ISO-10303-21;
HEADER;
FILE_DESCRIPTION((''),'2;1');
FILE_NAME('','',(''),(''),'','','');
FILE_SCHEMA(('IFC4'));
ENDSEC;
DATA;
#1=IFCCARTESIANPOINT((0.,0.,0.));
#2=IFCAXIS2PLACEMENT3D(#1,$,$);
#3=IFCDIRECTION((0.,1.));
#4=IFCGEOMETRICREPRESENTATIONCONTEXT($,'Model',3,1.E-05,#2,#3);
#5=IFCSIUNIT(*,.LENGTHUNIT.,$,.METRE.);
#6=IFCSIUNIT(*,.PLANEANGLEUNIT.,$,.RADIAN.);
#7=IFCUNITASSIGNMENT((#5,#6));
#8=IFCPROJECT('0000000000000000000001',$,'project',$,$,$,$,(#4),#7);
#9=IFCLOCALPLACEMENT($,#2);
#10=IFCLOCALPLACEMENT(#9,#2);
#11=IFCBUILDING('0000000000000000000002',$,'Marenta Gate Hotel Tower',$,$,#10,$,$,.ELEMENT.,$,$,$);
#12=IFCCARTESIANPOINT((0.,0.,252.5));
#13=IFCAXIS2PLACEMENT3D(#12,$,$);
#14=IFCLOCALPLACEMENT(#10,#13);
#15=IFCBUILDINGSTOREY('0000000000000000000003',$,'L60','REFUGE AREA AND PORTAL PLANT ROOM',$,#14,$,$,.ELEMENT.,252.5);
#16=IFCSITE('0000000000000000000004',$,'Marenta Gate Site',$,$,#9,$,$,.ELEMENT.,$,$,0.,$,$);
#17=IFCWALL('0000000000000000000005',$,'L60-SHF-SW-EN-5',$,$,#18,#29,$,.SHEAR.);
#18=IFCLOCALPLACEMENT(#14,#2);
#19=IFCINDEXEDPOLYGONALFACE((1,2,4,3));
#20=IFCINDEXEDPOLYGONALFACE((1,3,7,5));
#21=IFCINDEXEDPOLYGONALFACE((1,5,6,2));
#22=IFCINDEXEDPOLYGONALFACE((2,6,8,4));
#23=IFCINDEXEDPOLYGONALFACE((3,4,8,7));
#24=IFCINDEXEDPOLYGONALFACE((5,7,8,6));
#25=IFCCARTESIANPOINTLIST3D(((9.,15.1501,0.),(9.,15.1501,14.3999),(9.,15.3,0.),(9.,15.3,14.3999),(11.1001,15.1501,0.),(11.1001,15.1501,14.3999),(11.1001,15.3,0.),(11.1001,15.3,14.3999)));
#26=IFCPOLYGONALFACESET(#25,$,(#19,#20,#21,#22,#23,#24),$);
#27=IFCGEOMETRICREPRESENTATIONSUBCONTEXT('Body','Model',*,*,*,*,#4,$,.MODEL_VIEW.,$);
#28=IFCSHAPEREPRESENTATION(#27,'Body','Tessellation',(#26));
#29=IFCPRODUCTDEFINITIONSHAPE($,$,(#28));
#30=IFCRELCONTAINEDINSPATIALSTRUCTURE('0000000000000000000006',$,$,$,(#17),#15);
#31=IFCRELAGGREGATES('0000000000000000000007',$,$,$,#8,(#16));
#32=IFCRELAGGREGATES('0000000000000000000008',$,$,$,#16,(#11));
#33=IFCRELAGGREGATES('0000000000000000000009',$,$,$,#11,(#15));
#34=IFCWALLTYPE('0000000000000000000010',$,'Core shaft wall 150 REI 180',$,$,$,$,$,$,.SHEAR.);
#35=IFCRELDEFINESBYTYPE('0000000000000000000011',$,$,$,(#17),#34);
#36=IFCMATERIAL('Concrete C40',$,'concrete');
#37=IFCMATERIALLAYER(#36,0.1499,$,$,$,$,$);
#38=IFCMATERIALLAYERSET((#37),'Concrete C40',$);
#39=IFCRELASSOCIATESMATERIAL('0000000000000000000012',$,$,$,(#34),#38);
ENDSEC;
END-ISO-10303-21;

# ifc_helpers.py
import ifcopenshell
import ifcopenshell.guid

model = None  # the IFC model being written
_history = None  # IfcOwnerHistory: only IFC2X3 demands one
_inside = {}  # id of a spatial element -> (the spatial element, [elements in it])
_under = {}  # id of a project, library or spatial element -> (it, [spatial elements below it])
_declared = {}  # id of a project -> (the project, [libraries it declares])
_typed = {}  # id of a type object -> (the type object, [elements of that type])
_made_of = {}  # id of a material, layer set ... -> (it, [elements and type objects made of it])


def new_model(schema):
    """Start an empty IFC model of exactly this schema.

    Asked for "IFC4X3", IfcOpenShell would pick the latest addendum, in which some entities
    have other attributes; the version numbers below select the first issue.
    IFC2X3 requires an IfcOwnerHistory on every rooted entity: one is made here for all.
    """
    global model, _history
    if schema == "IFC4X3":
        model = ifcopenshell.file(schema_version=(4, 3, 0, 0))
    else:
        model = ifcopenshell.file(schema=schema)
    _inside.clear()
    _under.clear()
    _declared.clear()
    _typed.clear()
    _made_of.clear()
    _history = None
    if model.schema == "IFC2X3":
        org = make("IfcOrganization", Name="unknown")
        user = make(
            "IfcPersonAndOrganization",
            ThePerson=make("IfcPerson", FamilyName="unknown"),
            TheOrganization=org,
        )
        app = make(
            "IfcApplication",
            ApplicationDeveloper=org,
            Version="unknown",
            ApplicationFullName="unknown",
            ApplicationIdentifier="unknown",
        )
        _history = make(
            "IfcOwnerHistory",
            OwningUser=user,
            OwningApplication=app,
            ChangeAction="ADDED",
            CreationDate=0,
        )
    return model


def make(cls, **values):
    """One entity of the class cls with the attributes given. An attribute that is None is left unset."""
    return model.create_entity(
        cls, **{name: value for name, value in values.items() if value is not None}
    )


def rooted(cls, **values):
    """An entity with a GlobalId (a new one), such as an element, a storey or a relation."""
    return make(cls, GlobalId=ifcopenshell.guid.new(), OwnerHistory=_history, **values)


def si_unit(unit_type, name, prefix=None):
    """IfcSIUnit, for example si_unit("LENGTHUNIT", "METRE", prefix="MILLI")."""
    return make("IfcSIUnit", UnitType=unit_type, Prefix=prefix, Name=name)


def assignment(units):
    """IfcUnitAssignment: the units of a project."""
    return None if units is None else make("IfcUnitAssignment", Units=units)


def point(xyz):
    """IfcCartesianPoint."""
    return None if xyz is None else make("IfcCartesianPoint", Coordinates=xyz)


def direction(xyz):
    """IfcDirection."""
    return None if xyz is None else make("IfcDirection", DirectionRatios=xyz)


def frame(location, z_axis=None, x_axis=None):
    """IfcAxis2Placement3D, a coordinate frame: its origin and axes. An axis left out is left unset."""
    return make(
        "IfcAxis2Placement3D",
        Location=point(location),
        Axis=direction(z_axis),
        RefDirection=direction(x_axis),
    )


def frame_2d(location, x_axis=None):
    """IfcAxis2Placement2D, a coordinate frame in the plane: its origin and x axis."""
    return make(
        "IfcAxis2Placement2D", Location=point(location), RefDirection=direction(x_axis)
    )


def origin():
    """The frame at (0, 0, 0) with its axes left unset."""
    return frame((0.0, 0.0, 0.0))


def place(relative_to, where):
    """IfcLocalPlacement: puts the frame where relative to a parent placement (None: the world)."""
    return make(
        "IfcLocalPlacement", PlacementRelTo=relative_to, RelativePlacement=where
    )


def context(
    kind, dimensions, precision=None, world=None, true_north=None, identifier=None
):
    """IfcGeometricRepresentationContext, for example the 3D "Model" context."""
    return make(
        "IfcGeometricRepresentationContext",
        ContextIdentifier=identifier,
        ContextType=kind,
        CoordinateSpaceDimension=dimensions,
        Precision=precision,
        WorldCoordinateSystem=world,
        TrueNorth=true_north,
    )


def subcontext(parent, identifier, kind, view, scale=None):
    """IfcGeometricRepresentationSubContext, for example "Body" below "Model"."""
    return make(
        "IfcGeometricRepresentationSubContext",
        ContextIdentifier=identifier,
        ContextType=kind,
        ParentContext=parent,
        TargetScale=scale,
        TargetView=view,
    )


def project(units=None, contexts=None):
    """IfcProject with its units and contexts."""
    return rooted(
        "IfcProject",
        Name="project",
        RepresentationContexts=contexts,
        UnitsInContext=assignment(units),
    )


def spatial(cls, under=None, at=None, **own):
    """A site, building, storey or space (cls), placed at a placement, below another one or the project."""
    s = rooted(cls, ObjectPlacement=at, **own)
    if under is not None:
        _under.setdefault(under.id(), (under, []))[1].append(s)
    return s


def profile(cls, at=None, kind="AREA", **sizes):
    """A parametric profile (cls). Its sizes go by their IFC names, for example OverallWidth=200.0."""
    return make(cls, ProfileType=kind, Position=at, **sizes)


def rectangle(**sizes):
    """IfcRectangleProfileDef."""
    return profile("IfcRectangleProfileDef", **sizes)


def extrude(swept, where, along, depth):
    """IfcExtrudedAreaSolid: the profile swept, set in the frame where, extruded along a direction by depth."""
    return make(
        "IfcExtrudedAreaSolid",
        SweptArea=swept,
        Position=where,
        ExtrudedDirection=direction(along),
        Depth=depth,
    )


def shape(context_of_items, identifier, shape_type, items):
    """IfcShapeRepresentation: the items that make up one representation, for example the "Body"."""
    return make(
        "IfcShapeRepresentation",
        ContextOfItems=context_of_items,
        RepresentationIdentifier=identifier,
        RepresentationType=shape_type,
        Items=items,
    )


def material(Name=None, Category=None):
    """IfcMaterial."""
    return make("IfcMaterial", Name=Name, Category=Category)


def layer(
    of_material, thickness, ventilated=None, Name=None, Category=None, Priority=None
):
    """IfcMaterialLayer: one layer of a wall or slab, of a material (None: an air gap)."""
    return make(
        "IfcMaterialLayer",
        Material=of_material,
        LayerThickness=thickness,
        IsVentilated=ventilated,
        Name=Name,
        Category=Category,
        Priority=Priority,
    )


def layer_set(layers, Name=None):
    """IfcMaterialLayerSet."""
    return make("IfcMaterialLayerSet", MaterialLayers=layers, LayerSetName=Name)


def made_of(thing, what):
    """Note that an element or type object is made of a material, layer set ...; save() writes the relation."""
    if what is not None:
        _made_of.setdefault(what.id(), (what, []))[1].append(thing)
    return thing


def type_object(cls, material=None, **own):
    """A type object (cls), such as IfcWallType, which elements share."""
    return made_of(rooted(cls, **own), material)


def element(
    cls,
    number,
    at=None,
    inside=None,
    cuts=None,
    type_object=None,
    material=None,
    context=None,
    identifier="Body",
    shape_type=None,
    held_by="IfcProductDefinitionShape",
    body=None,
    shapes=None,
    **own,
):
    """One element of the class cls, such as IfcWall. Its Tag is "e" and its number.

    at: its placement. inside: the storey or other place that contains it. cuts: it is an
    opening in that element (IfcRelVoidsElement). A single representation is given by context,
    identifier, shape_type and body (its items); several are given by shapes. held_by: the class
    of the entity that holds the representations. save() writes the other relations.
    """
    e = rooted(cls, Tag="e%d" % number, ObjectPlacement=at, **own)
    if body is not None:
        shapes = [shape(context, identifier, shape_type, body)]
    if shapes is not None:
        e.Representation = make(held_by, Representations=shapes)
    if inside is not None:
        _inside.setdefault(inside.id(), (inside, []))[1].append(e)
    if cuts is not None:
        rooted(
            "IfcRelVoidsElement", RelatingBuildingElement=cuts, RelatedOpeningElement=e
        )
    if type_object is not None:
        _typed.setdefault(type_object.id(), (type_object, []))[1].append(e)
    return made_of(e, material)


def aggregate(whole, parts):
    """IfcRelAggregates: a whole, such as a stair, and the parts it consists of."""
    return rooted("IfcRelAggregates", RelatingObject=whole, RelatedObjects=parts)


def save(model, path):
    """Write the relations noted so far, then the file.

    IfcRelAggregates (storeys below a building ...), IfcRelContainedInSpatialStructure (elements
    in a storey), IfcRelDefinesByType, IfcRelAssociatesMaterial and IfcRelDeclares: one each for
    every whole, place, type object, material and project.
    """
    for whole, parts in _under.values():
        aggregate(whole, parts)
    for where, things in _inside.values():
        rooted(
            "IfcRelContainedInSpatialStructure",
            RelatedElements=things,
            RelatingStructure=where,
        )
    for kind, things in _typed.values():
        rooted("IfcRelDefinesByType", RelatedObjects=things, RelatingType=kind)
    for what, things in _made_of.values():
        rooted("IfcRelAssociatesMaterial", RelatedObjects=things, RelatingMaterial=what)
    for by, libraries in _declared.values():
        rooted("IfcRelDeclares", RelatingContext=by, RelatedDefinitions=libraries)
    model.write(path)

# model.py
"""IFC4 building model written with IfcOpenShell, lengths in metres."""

from ifc_helpers import new_model, si_unit, direction, frame, frame_2d, origin, place, context, subcontext, project, spatial, rectangle, extrude, material, layer, layer_set, type_object, element, save


model = new_model("IFC4")

# Units and contexts
model_context = context("Model", 3, precision=1e-05, world=origin(), true_north=direction((0.0, 1.0)))
body_context = subcontext(model_context, "Body", "Model", "MODEL_VIEW")
ifc_project = project(units=[si_unit("LENGTHUNIT", "METRE"), si_unit("PLANEANGLEUNIT", "RADIAN")], contexts=[model_context])

# Site, building, storey
site_placement = place(None, origin())
site = spatial("IfcSite", under=ifc_project, at=site_placement, Name="Marenta Gate Site", CompositionType="ELEMENT", RefElevation=0.0)
building_placement = place(site_placement, origin())
building = spatial("IfcBuilding", under=site, at=building_placement, Name="Marenta Gate Hotel Tower", CompositionType="ELEMENT")
storey_placement = place(building_placement, frame((0.0, 0.0, 252.5)))
storey = spatial("IfcBuildingStorey", under=building, at=storey_placement, Name="L60", Description="REFUGE AREA AND PORTAL PLANT ROOM", CompositionType="ELEMENT", Elevation=252.5)

# Wall
ifc_material_1 = material(Name="Concrete C40", Category="concrete")
ifc_layer_1 = layer(ifc_material_1, 0.1499)
ifc_layer_set_1 = layer_set([ifc_layer_1], Name="Concrete C40")
wall_type_1 = type_object("IfcWallType", Name="Core shaft wall 150 REI 180", PredefinedType="SHEAR", material=ifc_layer_set_1)
wall_1_placement = place(storey_placement, frame((9.0, 15.2251, 0.0), z_axis=(0.0, 0.0, 1.0), x_axis=(1.0, 0.0, 0.0)))
element("IfcWall", 1, at=wall_1_placement, inside=storey, type_object=wall_type_1, Name="L60-SHF-SW-EN-5", PredefinedType="SHEAR", context=body_context, shape_type="SweptSolid", body=[
    extrude(rectangle(XDim=2.1001, YDim=0.1499, at=frame_2d((1.05, 0.0))), origin(), (0.0, 0.0, 1.0), 14.3999),
])

save(model, "model.ifc")
